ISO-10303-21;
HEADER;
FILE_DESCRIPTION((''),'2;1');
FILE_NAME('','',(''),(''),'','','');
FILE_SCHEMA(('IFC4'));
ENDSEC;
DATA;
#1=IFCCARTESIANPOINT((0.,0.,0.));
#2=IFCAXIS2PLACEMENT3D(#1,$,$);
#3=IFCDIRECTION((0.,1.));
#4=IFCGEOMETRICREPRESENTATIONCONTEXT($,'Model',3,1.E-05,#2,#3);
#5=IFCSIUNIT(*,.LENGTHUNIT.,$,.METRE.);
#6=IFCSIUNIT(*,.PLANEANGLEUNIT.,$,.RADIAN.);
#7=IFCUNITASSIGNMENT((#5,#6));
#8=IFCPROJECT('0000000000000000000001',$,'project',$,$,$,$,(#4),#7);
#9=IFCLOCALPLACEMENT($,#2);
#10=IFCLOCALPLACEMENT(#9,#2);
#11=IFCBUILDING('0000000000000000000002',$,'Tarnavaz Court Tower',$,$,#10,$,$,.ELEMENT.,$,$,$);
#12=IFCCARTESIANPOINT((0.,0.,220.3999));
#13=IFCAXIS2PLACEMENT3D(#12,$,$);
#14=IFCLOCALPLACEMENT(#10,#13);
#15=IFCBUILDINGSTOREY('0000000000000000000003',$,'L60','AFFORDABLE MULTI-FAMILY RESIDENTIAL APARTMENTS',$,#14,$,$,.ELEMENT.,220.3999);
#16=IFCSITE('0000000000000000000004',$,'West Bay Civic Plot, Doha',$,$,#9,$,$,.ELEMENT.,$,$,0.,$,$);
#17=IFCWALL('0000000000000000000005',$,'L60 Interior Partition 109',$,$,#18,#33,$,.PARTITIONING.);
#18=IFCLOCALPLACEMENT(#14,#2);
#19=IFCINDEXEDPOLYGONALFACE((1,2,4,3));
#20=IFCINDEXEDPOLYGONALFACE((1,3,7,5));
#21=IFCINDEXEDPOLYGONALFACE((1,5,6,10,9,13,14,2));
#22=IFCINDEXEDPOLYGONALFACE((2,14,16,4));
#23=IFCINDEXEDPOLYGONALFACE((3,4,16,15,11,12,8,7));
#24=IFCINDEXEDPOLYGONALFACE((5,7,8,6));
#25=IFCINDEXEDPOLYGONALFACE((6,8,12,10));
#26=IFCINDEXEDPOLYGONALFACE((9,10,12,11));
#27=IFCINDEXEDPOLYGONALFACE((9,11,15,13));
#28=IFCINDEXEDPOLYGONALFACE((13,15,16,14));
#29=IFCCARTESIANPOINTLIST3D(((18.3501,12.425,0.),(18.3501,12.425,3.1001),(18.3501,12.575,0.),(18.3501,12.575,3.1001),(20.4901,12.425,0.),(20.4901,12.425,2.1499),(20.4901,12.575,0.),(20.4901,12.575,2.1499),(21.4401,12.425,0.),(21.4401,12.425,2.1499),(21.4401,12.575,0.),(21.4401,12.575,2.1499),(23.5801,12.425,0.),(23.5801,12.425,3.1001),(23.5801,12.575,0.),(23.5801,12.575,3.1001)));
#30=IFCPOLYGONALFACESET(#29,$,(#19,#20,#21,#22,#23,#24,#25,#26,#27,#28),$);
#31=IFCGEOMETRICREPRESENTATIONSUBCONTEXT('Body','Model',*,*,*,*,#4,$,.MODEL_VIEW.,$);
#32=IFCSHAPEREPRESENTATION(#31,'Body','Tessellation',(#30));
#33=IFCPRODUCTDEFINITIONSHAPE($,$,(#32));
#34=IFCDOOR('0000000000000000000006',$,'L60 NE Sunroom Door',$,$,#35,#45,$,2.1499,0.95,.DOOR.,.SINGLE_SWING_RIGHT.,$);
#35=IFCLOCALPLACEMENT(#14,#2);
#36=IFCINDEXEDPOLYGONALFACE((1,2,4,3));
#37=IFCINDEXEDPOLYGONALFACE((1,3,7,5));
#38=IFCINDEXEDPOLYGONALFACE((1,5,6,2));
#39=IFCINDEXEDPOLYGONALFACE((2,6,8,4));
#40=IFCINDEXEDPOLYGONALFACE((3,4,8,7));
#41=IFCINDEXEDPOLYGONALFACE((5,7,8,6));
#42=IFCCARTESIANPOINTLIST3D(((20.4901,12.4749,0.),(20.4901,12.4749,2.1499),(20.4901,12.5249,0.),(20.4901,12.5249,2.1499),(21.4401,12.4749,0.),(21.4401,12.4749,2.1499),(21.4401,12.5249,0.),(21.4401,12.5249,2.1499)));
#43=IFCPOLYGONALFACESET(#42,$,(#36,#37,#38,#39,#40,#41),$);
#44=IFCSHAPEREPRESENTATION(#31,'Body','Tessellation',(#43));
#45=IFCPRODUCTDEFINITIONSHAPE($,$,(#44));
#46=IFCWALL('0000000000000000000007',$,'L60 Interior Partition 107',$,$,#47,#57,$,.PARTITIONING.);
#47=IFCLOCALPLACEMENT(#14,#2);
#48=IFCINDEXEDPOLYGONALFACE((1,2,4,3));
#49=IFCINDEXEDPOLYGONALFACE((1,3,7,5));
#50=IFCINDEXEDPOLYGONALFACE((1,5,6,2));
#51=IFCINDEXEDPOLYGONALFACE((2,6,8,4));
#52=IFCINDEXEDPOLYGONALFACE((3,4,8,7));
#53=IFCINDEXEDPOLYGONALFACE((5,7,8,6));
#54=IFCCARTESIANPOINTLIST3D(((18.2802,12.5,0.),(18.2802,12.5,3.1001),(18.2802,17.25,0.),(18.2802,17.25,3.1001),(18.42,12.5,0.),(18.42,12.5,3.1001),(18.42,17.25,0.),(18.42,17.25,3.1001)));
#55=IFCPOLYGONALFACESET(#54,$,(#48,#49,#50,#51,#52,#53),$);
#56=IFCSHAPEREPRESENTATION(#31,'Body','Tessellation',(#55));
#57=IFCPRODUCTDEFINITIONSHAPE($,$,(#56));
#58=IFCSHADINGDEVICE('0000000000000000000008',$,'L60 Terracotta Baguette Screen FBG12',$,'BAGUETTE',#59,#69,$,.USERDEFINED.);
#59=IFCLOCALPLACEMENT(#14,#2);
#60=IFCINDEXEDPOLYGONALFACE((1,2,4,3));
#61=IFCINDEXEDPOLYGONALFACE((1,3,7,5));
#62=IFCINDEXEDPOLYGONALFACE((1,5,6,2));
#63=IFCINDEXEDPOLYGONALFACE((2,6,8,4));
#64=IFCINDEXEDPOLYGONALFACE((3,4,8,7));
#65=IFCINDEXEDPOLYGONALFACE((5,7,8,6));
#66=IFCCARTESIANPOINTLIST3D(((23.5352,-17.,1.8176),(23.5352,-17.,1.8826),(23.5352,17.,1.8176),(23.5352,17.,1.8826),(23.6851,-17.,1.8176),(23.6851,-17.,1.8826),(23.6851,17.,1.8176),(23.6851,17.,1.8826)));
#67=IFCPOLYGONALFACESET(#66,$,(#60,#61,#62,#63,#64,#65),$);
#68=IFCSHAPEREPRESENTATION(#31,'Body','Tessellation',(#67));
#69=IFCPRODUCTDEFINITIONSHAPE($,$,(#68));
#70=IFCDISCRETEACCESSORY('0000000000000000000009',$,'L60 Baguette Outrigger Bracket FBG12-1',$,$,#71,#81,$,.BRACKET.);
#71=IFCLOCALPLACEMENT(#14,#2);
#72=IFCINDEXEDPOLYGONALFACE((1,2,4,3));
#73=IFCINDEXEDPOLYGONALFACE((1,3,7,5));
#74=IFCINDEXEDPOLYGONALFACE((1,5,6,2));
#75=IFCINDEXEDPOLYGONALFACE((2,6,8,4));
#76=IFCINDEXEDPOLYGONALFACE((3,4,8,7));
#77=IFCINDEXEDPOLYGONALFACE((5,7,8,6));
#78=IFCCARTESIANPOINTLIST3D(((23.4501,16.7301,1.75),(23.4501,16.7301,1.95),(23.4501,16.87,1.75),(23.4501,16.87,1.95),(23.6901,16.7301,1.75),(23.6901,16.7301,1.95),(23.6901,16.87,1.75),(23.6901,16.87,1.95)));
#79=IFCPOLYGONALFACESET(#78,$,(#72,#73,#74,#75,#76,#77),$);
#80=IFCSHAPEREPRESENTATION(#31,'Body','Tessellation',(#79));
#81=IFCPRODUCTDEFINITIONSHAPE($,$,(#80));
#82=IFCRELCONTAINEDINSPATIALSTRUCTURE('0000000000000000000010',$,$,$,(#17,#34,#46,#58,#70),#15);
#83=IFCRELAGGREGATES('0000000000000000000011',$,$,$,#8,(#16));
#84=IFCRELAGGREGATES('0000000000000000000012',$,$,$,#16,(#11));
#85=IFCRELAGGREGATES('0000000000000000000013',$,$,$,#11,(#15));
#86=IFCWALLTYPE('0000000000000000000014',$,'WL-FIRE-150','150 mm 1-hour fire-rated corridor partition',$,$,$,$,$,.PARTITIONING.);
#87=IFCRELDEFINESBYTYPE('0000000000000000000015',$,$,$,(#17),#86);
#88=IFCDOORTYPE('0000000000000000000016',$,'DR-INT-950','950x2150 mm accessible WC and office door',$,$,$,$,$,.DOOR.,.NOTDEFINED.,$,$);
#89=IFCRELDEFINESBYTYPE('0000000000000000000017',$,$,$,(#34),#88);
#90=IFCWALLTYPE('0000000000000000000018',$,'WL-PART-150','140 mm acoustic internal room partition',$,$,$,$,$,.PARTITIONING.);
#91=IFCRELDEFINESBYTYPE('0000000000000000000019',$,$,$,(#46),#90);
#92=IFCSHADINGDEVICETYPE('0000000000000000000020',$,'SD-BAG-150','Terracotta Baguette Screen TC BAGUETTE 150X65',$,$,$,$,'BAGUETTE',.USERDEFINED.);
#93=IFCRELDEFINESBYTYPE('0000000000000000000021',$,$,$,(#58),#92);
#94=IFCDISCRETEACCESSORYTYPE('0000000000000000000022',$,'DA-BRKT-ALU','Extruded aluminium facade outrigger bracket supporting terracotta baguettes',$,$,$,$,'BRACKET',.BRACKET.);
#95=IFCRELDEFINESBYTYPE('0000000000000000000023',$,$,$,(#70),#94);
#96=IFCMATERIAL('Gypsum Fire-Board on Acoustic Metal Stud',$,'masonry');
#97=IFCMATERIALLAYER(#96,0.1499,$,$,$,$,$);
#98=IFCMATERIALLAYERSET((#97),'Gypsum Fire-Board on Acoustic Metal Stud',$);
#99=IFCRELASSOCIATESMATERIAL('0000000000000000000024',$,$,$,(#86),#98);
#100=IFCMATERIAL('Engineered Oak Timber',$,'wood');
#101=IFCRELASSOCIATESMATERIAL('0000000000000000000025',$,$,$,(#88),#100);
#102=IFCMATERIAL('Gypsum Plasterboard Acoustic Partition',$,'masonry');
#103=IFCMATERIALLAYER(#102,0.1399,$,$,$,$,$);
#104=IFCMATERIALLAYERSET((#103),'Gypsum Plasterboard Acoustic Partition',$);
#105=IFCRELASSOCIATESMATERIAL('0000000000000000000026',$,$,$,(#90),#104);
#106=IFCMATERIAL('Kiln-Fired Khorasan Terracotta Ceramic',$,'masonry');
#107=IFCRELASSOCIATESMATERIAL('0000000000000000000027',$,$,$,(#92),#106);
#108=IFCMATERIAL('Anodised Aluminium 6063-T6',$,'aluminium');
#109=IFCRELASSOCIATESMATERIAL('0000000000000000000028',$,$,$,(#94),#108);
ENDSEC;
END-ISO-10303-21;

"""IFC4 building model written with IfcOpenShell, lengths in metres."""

from ifc_helpers import new_model, si_unit, direction, frame, frame_2d, origin, origin_2d, place, context, subcontext, project, spatial, rectangle, extrude, material, layer, layer_set, material_profile, profile_set, type_object, element, fill, save


model = new_model("IFC4")

# Units and contexts
model_context = context("Model", 3, precision=1e-05, world=origin(), true_north=direction((0.0, 1.0)))
body_context = subcontext(model_context, "Body", "Model", "MODEL_VIEW")
ifc_project = project(units=[si_unit("LENGTHUNIT", "METRE"), si_unit("PLANEANGLEUNIT", "RADIAN")], contexts=[model_context])

# Site, building, storey
site_placement = place(None, origin())
site = spatial("IfcSite", under=ifc_project, at=site_placement, Name="West Bay Civic Plot, Doha", CompositionType="ELEMENT", RefElevation=0.0)
building_placement = place(site_placement, origin())
building = spatial("IfcBuilding", under=site, at=building_placement, Name="Tarnavaz Court Tower", CompositionType="ELEMENT")
storey_placement = place(building_placement, frame((0.0, 0.0, 220.3999)))
storey = spatial("IfcBuildingStorey", under=building, at=storey_placement, Name="L60", Description="AFFORDABLE MULTI-FAMILY RESIDENTIAL APARTMENTS", CompositionType="ELEMENT", Elevation=220.3999)

# Shared definitions
ifc_material_1 = material(Name="Gypsum Fire-Board on Acoustic Metal Stud", Category="masonry")
ifc_layer_1 = layer(ifc_material_1, 0.1499)
ifc_layer_set_1 = layer_set([ifc_layer_1], Name="Gypsum Fire-Board on Acoustic Metal Stud")
wall_type_1 = type_object("IfcWallType", Name="WL-FIRE-150", Description="150 mm 1-hour fire-rated corridor partition", PredefinedType="PARTITIONING", material=ifc_layer_set_1)

# Wall, opening, door
wall_1_placement = place(storey_placement, frame((18.3501, 12.5, 0.0), z_axis=(0.0, 0.0, 1.0), x_axis=(1.0, 0.0, 0.0)))
wall_1 = element("IfcWall", 1, at=wall_1_placement, inside=storey, type_object=wall_type_1, Name="L60 Interior Partition 109", PredefinedType="PARTITIONING", context=body_context, shape_type="SweptSolid", body=[
    extrude(rectangle(XDim=5.23, YDim=0.1499, at=frame_2d((2.615, 0.0))), origin(), (0.0, 0.0, 1.0), 3.1001),
])
opening_1_placement = place(wall_1_placement, frame((2.1399, 0.0, 0.0)))
opening_1 = element("IfcOpeningElement", 2, at=opening_1_placement, cuts=wall_1, PredefinedType="OPENING", context=body_context, shape_type="SweptSolid", body=[
    extrude(rectangle(XDim=0.95, YDim=2.1499, at=frame_2d((0.4751, 1.075))), frame((0.0, 0.085, 0.0), z_axis=(0.0, -1.0, 0.0), x_axis=(1.0, 0.0, 0.0)), (0.0, 0.0, 1.0), 0.1699),
])
ifc_material_2 = material(Name="Engineered Oak Timber", Category="wood")
door_type = type_object("IfcDoorType", Name="DR-INT-950", Description="950x2150 mm accessible WC and office door", OperationType="NOTDEFINED", PredefinedType="DOOR", material=ifc_material_2)
door_placement = place(opening_1_placement, origin())
door = element("IfcDoor", 3, at=door_placement, inside=storey, type_object=door_type, Name="L60 NE Sunroom Door", OperationType="SINGLE_SWING_RIGHT", OverallHeight=2.1499, OverallWidth=0.95, PredefinedType="DOOR", context=body_context, shape_type="SweptSolid", body=[
    extrude(rectangle(XDim=0.95, YDim=2.1499, at=frame_2d((0.4751, 1.075))), frame((0.0, 0.0249, 0.0), z_axis=(0.0, -1.0, 0.0), x_axis=(1.0, 0.0, 0.0)), (0.0, 0.0, 1.0), 0.05),
])
fill(opening_1, door)

# Wall
ifc_material_3 = material(Name="Gypsum Plasterboard Acoustic Partition", Category="masonry")
ifc_layer_2 = layer(ifc_material_3, 0.1399)
ifc_layer_set_2 = layer_set([ifc_layer_2], Name="Gypsum Plasterboard Acoustic Partition")
wall_type_2 = type_object("IfcWallType", Name="WL-PART-150", Description="140 mm acoustic internal room partition", PredefinedType="PARTITIONING", material=ifc_layer_set_2)
wall_2_placement = place(storey_placement, frame((18.3501, 12.5, 0.0), z_axis=(0.0, 0.0, 1.0), x_axis=(0.0, 1.0, 0.0)))
element("IfcWall", 4, at=wall_2_placement, inside=storey, type_object=wall_type_2, Name="L60 Interior Partition 107", PredefinedType="PARTITIONING", context=body_context, shape_type="SweptSolid", body=[
    extrude(rectangle(XDim=4.75, YDim=0.1399, at=frame_2d((2.375, 0.0))), origin(), (0.0, 0.0, 1.0), 3.1001),
])

# Shading device
ifc_material_4 = material(Name="Kiln-Fired Khorasan Terracotta Ceramic", Category="masonry")
ifc_material_profile_1 = material_profile(ifc_material_4, rectangle(XDim=0.1499, YDim=0.0649, at=origin_2d()), Name="TC BAGUETTE 150X65")
ifc_profile_set_1 = profile_set([ifc_material_profile_1], Name="Kiln-Fired Khorasan Terracotta Ceramic")
shading_device_type = type_object("IfcShadingDeviceType", Name="SD-BAG-150", Description="Terracotta Baguette Screen TC BAGUETTE 150X65", ElementType="BAGUETTE", PredefinedType="USERDEFINED", material=ifc_profile_set_1)
shading_device_placement = place(storey_placement, frame((23.6101, 17.0, 1.8501), z_axis=(0.0, -1.0, 0.0), x_axis=(1.0, 0.0, 0.0)))
element("IfcShadingDevice", 5, at=shading_device_placement, inside=storey, type_object=shading_device_type, Name="L60 Terracotta Baguette Screen FBG12", ObjectType="BAGUETTE", PredefinedType="USERDEFINED", context=body_context, shape_type="SweptSolid", body=[
    extrude(rectangle(XDim=0.1499, YDim=0.0649, at=origin_2d()), origin(), (0.0, 0.0, 1.0), 34.0),
])

# Discrete accessory
ifc_material_5 = material(Name="Anodised Aluminium 6063-T6", Category="aluminium")
discrete_accessory_type = type_object("IfcDiscreteAccessoryType", Name="DA-BRKT-ALU", Description="Extruded aluminium facade outrigger bracket supporting terracotta baguettes", ElementType="BRACKET", PredefinedType="BRACKET", material=ifc_material_5)
discrete_accessory_placement = place(storey_placement, frame((23.5701, 16.8, 1.75), z_axis=(0.0, 0.0, 1.0), x_axis=(0.0, -1.0, 0.0)))
element("IfcDiscreteAccessory", 6, at=discrete_accessory_placement, inside=storey, type_object=discrete_accessory_type, Name="L60 Baguette Outrigger Bracket FBG12-1", PredefinedType="BRACKET", context=body_context, shape_type="SweptSolid", body=[
    extrude(rectangle(XDim=0.1399, YDim=0.24, at=origin_2d()), origin(), (0.0, 0.0, 1.0), 0.2),
])

save(model, "model.ifc")
